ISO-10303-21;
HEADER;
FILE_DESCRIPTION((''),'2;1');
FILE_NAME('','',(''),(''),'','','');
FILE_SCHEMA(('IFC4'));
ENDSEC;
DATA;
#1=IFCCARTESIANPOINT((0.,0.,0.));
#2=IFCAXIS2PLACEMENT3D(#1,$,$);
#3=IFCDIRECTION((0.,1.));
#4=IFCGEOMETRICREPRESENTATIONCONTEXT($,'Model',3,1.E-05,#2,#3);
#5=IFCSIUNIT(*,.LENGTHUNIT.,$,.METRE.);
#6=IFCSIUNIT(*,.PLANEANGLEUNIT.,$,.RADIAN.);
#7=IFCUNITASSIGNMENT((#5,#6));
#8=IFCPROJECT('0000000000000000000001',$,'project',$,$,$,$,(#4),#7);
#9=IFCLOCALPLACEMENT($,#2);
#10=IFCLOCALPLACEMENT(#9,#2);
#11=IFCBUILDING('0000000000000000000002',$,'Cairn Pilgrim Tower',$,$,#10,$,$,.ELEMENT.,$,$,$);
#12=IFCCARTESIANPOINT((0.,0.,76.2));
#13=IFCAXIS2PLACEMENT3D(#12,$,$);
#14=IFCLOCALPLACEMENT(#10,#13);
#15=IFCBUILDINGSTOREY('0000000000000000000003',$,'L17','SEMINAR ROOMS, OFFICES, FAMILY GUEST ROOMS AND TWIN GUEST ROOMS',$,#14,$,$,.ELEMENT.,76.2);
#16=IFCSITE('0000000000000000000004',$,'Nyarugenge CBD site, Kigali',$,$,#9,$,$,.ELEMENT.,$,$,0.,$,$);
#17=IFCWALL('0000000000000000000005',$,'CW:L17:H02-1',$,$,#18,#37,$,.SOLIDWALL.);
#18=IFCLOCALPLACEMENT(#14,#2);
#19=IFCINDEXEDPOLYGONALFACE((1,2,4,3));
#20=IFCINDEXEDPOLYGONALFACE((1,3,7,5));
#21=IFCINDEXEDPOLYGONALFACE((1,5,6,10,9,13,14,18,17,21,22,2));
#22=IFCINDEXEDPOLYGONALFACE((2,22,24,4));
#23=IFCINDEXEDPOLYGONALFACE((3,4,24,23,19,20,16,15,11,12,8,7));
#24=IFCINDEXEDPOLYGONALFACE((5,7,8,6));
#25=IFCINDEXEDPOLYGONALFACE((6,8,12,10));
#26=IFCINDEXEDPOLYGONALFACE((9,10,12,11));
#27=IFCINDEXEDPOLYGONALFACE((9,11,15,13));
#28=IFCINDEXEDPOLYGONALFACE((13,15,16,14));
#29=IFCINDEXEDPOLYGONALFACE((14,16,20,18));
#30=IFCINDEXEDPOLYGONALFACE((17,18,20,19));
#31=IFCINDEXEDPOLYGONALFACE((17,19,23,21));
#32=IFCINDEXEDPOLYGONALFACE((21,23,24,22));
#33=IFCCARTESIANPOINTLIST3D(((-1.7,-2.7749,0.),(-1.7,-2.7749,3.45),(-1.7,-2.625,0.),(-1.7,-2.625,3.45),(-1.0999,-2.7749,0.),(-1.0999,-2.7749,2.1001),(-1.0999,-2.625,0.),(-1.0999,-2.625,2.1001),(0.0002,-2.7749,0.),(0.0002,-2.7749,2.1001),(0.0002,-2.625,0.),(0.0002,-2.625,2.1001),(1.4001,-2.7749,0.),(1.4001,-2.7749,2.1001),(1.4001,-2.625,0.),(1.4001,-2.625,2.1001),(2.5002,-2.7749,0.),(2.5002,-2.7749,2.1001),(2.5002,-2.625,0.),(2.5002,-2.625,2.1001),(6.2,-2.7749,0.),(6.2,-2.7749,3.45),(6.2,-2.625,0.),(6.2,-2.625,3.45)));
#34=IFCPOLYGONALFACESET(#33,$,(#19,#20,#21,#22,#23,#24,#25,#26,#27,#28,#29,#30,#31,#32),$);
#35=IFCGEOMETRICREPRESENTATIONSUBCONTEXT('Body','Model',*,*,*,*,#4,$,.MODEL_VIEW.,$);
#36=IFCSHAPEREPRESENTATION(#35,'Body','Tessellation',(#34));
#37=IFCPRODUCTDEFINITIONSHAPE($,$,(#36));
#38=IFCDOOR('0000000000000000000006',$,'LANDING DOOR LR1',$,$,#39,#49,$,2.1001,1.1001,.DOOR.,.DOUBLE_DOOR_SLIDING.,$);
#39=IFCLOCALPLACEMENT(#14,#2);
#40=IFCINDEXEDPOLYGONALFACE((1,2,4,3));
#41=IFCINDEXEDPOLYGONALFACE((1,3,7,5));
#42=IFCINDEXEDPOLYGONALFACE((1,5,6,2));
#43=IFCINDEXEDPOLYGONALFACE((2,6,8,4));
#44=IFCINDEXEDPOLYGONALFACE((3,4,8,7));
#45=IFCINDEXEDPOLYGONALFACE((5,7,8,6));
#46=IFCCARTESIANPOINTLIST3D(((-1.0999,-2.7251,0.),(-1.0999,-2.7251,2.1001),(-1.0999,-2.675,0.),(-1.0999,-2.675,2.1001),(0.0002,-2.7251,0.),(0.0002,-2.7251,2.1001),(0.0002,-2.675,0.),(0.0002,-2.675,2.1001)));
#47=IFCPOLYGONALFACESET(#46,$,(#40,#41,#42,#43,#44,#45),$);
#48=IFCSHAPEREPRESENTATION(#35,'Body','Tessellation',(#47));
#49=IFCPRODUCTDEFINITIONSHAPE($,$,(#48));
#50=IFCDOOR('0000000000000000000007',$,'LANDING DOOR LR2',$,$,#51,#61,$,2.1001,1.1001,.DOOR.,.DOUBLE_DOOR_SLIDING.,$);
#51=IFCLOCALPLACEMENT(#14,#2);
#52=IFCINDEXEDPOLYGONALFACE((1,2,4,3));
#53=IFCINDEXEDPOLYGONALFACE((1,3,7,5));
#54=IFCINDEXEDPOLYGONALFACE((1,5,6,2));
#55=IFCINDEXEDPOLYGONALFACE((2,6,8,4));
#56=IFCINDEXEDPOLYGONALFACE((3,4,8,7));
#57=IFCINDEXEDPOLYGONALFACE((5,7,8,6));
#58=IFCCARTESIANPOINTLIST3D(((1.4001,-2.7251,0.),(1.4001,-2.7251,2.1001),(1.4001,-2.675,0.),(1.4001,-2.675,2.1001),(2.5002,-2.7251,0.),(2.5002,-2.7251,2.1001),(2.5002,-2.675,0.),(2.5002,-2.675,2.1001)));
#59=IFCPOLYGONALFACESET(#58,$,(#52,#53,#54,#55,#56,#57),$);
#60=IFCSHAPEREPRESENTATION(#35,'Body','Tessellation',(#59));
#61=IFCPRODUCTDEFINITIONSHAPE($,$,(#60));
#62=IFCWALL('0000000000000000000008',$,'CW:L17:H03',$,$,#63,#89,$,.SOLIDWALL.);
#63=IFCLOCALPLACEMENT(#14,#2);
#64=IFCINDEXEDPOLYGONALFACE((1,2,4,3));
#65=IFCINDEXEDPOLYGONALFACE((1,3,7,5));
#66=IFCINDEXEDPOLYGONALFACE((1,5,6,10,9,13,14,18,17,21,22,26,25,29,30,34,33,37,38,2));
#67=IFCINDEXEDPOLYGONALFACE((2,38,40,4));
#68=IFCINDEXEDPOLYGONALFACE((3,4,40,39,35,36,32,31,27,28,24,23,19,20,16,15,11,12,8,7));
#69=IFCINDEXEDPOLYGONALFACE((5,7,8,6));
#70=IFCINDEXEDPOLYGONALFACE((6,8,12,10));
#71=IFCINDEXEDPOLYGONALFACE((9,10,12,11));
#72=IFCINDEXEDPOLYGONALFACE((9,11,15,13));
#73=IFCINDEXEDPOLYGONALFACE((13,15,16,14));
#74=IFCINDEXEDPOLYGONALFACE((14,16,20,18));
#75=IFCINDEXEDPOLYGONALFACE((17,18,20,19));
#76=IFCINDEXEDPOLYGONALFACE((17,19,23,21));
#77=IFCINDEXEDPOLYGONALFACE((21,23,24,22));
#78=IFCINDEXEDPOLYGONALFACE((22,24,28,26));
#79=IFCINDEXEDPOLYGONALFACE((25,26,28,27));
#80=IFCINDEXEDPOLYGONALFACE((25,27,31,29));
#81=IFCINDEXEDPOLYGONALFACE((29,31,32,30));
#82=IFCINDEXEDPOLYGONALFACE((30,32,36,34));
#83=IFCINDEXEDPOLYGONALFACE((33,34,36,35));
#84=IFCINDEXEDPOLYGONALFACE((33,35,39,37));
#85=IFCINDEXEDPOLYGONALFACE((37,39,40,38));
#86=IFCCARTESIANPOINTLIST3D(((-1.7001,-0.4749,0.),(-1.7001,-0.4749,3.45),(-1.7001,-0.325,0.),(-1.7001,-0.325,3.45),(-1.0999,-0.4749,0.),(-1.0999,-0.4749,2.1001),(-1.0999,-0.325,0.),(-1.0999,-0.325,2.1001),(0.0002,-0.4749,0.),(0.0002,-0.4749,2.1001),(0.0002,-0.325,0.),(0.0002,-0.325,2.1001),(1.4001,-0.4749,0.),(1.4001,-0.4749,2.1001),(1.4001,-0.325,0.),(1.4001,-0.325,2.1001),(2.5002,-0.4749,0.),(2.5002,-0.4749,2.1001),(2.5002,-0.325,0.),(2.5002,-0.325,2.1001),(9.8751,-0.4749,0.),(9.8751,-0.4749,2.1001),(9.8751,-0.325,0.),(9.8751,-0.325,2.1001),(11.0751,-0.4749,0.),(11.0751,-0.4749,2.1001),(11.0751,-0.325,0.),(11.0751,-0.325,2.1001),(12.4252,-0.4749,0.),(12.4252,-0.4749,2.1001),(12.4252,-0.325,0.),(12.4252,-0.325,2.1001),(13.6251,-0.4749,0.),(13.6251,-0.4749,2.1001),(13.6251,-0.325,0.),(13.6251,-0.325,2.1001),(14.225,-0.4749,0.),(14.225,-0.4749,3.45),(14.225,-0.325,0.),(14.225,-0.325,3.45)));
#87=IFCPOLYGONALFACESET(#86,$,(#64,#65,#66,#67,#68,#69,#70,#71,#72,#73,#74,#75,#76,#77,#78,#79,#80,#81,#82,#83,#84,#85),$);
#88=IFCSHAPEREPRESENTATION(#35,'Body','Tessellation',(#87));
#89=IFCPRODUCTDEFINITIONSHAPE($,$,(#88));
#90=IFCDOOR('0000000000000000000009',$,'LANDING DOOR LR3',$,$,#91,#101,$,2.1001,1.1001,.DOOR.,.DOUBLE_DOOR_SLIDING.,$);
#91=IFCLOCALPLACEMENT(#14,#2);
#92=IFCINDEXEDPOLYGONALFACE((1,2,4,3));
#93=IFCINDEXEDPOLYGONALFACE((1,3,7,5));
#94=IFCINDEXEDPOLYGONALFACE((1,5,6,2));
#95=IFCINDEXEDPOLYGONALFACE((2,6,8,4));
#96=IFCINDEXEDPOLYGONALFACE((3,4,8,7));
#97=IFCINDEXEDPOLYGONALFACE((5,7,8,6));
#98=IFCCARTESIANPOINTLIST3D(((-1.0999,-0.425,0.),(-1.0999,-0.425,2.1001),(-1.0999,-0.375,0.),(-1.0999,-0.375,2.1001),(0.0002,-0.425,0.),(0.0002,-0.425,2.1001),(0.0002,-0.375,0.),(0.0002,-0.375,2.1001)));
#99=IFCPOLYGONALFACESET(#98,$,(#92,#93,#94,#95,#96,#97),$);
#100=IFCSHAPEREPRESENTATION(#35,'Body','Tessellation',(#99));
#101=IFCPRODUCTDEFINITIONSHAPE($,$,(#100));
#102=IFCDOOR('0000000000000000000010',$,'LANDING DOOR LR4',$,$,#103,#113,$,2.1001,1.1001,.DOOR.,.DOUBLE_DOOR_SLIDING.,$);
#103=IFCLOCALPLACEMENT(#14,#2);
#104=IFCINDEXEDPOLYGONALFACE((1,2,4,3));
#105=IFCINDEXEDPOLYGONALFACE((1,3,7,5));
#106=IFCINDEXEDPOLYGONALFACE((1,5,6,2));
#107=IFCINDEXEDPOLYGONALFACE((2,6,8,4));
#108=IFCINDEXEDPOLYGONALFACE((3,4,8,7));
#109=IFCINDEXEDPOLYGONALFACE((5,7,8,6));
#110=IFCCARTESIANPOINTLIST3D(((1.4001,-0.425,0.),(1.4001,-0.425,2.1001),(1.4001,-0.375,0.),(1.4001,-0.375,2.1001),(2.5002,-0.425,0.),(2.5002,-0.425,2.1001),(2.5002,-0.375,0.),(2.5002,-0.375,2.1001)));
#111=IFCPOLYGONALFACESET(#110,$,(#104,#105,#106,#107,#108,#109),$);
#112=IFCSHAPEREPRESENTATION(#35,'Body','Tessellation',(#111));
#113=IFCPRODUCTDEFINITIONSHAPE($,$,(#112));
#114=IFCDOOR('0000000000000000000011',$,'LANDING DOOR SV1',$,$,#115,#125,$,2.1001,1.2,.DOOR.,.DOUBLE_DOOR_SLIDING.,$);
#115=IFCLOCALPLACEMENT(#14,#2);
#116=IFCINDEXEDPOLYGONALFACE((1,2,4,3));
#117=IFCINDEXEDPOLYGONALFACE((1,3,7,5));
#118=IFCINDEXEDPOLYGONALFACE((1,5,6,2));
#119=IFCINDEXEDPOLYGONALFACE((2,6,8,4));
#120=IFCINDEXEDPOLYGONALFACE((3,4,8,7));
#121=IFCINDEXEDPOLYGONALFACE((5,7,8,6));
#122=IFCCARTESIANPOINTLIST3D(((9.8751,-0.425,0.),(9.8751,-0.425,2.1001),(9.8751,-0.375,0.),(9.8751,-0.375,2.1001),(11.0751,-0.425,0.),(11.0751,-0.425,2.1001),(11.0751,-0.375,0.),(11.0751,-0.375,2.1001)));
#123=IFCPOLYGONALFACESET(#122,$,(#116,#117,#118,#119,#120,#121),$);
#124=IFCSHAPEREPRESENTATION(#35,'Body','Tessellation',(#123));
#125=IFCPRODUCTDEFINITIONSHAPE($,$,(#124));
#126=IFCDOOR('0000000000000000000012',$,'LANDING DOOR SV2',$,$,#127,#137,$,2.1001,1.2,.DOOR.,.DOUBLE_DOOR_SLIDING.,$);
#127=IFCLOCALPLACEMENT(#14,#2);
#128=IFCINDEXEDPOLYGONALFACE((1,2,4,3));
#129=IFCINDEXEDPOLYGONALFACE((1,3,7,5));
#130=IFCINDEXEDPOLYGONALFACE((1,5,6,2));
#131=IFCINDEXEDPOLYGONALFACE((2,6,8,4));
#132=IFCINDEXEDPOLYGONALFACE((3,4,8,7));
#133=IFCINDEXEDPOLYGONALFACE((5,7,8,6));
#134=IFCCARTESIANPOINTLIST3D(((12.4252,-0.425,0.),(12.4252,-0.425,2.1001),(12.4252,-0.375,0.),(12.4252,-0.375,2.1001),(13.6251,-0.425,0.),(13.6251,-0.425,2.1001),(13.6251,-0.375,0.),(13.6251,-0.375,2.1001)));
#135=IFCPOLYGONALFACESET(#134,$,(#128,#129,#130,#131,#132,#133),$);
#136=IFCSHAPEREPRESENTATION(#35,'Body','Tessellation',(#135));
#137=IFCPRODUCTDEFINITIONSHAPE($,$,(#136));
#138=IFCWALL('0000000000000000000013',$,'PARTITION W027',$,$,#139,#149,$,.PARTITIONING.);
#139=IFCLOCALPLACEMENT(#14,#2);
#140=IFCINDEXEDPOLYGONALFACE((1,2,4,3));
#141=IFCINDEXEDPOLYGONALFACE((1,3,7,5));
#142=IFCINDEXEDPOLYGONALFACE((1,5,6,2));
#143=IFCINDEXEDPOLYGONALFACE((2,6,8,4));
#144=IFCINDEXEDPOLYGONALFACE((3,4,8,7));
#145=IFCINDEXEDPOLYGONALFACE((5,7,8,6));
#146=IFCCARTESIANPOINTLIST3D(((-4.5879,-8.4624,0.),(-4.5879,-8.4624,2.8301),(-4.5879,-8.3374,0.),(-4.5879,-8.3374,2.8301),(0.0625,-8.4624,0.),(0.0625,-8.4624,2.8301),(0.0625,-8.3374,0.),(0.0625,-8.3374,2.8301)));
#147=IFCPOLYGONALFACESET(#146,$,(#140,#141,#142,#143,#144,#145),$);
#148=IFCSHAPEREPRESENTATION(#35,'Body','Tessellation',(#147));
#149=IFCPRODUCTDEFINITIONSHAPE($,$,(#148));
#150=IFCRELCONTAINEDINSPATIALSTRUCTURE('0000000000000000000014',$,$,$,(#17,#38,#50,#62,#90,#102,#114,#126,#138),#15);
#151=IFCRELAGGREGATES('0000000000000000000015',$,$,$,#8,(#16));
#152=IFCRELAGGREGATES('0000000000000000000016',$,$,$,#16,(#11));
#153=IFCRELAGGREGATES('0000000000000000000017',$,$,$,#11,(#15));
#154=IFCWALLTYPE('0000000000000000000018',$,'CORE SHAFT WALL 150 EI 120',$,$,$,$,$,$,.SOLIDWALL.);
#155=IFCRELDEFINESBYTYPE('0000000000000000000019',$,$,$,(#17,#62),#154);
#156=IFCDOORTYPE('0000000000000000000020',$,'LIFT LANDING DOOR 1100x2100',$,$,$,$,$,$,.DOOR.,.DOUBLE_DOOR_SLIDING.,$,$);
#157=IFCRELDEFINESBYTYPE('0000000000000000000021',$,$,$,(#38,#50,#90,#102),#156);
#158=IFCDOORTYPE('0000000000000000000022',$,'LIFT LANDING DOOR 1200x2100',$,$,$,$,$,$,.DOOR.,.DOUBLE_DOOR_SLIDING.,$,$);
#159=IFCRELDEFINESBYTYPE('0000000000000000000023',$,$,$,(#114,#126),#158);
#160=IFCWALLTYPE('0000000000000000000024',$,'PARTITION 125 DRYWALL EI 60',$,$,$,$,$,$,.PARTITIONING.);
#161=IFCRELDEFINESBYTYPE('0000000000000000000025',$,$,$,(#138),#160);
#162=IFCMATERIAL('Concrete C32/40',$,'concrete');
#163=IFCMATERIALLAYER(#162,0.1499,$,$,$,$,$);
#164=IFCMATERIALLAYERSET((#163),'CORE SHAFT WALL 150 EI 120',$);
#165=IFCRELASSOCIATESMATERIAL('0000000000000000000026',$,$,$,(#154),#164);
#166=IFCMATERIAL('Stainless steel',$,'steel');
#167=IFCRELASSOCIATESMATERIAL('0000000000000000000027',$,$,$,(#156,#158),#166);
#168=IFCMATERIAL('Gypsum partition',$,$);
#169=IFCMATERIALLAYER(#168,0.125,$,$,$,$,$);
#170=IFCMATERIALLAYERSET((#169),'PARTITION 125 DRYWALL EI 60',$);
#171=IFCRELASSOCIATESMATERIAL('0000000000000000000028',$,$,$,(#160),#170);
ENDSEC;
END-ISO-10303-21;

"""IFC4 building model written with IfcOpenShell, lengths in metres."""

from ifc_helpers import new_model, si_unit, direction, frame, frame_2d, origin, place, context, subcontext, project, spatial, rectangle, extrude, material, layer, layer_set, type_object, element, fill, save


model = new_model("IFC4")

# Units and contexts
model_context = context("Model", 3, precision=1e-05, world=origin(), true_north=direction((0.0, 1.0)))
body_context = subcontext(model_context, "Body", "Model", "MODEL_VIEW")
ifc_project = project(units=[si_unit("LENGTHUNIT", "METRE"), si_unit("PLANEANGLEUNIT", "RADIAN")], contexts=[model_context])

# Site, building, storey
site_placement = place(None, origin())
site = spatial("IfcSite", under=ifc_project, at=site_placement, Name="Nyarugenge CBD site, Kigali", CompositionType="ELEMENT", RefElevation=0.0)
building_placement = place(site_placement, origin())
building = spatial("IfcBuilding", under=site, at=building_placement, Name="Cairn Pilgrim Tower", CompositionType="ELEMENT")
storey_placement = place(building_placement, frame((0.0, 0.0, 76.2)))
storey = spatial("IfcBuildingStorey", under=building, at=storey_placement, Name="L17", Description="SEMINAR ROOMS, OFFICES, FAMILY GUEST ROOMS AND TWIN GUEST ROOMS", CompositionType="ELEMENT", Elevation=76.2)

# Shared definitions
ifc_material_1 = material(Name="Concrete C32/40", Category="concrete")

# Walls, openings, doors
ifc_layer_1 = layer(ifc_material_1, 0.1499)
ifc_layer_set_1 = layer_set([ifc_layer_1], Name="CORE SHAFT WALL 150 EI 120")
wall_type_1 = type_object("IfcWallType", Name="CORE SHAFT WALL 150 EI 120", PredefinedType="SOLIDWALL", material=ifc_layer_set_1)
wall_1_placement = place(storey_placement, frame((-1.7, -2.7, 0.0), z_axis=(0.0, 0.0, 1.0), x_axis=(1.0, 0.0, 0.0)))
wall_1 = element("IfcWall", 1, at=wall_1_placement, inside=storey, type_object=wall_type_1, Name="CW:L17:H02-1", PredefinedType="SOLIDWALL", context=body_context, shape_type="SweptSolid", body=[
    extrude(rectangle(XDim=7.8999, YDim=0.1499, at=frame_2d((3.95, 0.0))), origin(), (0.0, 0.0, 1.0), 3.45),
])
opening_1_placement = place(wall_1_placement, frame((0.6001, 0.0, 0.0)))
opening_1 = element("IfcOpeningElement", 2, at=opening_1_placement, cuts=wall_1, PredefinedType="OPENING", context=body_context, shape_type="SweptSolid", body=[
    extrude(rectangle(XDim=1.1001, YDim=2.1001, at=frame_2d((0.55, 1.05))), frame((0.0, 0.085, 0.0), z_axis=(0.0, -1.0, 0.0), x_axis=(1.0, 0.0, 0.0)), (0.0, 0.0, 1.0), 0.1699),
])
opening_2_placement = place(wall_1_placement, frame((3.1001, 0.0, 0.0)))
opening_2 = element("IfcOpeningElement", 3, at=opening_2_placement, cuts=wall_1, PredefinedType="OPENING", context=body_context, shape_type="SweptSolid", body=[
    extrude(rectangle(XDim=1.1001, YDim=2.1001, at=frame_2d((0.55, 1.05))), frame((0.0, 0.085, 0.0), z_axis=(0.0, -1.0, 0.0), x_axis=(1.0, 0.0, 0.0)), (0.0, 0.0, 1.0), 0.1699),
])
ifc_material_2 = material(Name="Stainless steel", Category="steel")
door_type_1 = type_object("IfcDoorType", Name="LIFT LANDING DOOR 1100x2100", OperationType="DOUBLE_DOOR_SLIDING", PredefinedType="DOOR", material=ifc_material_2)
door_1_placement = place(opening_1_placement, origin())
door_1 = element("IfcDoor", 4, at=door_1_placement, inside=storey, type_object=door_type_1, Name="LANDING DOOR LR1", OperationType="DOUBLE_DOOR_SLIDING", OverallHeight=2.1001, OverallWidth=1.1001, PredefinedType="DOOR", context=body_context, shape_type="SweptSolid", body=[
    extrude(rectangle(XDim=1.1001, YDim=2.1001, at=frame_2d((0.55, 1.05))), frame((0.0, 0.0249, 0.0), z_axis=(0.0, -1.0, 0.0), x_axis=(1.0, 0.0, 0.0)), (0.0, 0.0, 1.0), 0.05),
])
fill(opening_1, door_1)
door_2_placement = place(opening_2_placement, origin())
door_2 = element("IfcDoor", 5, at=door_2_placement, inside=storey, type_object=door_type_1, Name="LANDING DOOR LR2", OperationType="DOUBLE_DOOR_SLIDING", OverallHeight=2.1001, OverallWidth=1.1001, PredefinedType="DOOR", context=body_context, shape_type="SweptSolid", body=[
    extrude(rectangle(XDim=1.1001, YDim=2.1001, at=frame_2d((0.55, 1.05))), frame((0.0, 0.0249, 0.0), z_axis=(0.0, -1.0, 0.0), x_axis=(1.0, 0.0, 0.0)), (0.0, 0.0, 1.0), 0.05),
])
fill(opening_2, door_2)
wall_2_placement = place(storey_placement, frame((-1.7, -0.3999, 0.0), z_axis=(0.0, 0.0, 1.0), x_axis=(1.0, 0.0, 0.0)))
wall_2 = element("IfcWall", 6, at=wall_2_placement, inside=storey, type_object=wall_type_1, Name="CW:L17:H03", PredefinedType="SOLIDWALL", context=body_context, shape_type="SweptSolid", body=[
    extrude(rectangle(XDim=15.925, YDim=0.1499, at=frame_2d((7.9624, 0.0))), origin(), (0.0, 0.0, 1.0), 3.45),
])
opening_3_placement = place(wall_2_placement, frame((0.6001, 0.0, 0.0)))
opening_3 = element("IfcOpeningElement", 7, at=opening_3_placement, cuts=wall_2, PredefinedType="OPENING", context=body_context, shape_type="SweptSolid", body=[
    extrude(rectangle(XDim=1.1001, YDim=2.1001, at=frame_2d((0.55, 1.05))), frame((0.0, 0.085, 0.0), z_axis=(0.0, -1.0, 0.0), x_axis=(1.0, 0.0, 0.0)), (0.0, 0.0, 1.0), 0.1699),
])
opening_4_placement = place(wall_2_placement, frame((3.1001, 0.0, 0.0)))
opening_4 = element("IfcOpeningElement", 8, at=opening_4_placement, cuts=wall_2, PredefinedType="OPENING", context=body_context, shape_type="SweptSolid", body=[
    extrude(rectangle(XDim=1.1001, YDim=2.1001, at=frame_2d((0.55, 1.05))), frame((0.0, 0.085, 0.0), z_axis=(0.0, -1.0, 0.0), x_axis=(1.0, 0.0, 0.0)), (0.0, 0.0, 1.0), 0.1699),
])
opening_5_placement = place(wall_2_placement, frame((11.575, 0.0, 0.0)))
opening_5 = element("IfcOpeningElement", 9, at=opening_5_placement, cuts=wall_2, PredefinedType="OPENING", context=body_context, shape_type="SweptSolid", body=[
    extrude(rectangle(XDim=1.2, YDim=2.1001, at=frame_2d((0.6001, 1.05))), frame((0.0, 0.085, 0.0), z_axis=(0.0, -1.0, 0.0), x_axis=(1.0, 0.0, 0.0)), (0.0, 0.0, 1.0), 0.1699),
])
opening_6_placement = place(wall_2_placement, frame((14.125, 0.0, 0.0)))
opening_6 = element("IfcOpeningElement", 10, at=opening_6_placement, cuts=wall_2, PredefinedType="OPENING", context=body_context, shape_type="SweptSolid", body=[
    extrude(rectangle(XDim=1.2, YDim=2.1001, at=frame_2d((0.6001, 1.05))), frame((0.0, 0.085, 0.0), z_axis=(0.0, -1.0, 0.0), x_axis=(1.0, 0.0, 0.0)), (0.0, 0.0, 1.0), 0.1699),
])
door_3_placement = place(opening_3_placement, origin())
door_3 = element("IfcDoor", 11, at=door_3_placement, inside=storey, type_object=door_type_1, Name="LANDING DOOR LR3", OperationType="DOUBLE_DOOR_SLIDING", OverallHeight=2.1001, OverallWidth=1.1001, PredefinedType="DOOR", context=body_context, shape_type="SweptSolid", body=[
    extrude(rectangle(XDim=1.1001, YDim=2.1001, at=frame_2d((0.55, 1.05))), frame((0.0, 0.0249, 0.0), z_axis=(0.0, -1.0, 0.0), x_axis=(1.0, 0.0, 0.0)), (0.0, 0.0, 1.0), 0.05),
])
fill(opening_3, door_3)
door_4_placement = place(opening_4_placement, origin())
door_4 = element("IfcDoor", 12, at=door_4_placement, inside=storey, type_object=door_type_1, Name="LANDING DOOR LR4", OperationType="DOUBLE_DOOR_SLIDING", OverallHeight=2.1001, OverallWidth=1.1001, PredefinedType="DOOR", context=body_context, shape_type="SweptSolid", body=[
    extrude(rectangle(XDim=1.1001, YDim=2.1001, at=frame_2d((0.55, 1.05))), frame((0.0, 0.0249, 0.0), z_axis=(0.0, -1.0, 0.0), x_axis=(1.0, 0.0, 0.0)), (0.0, 0.0, 1.0), 0.05),
])
fill(opening_4, door_4)
door_type_2 = type_object("IfcDoorType", Name="LIFT LANDING DOOR 1200x2100", OperationType="DOUBLE_DOOR_SLIDING", PredefinedType="DOOR", material=ifc_material_2)
door_5_placement = place(opening_5_placement, origin())
door_5 = element("IfcDoor", 13, at=door_5_placement, inside=storey, type_object=door_type_2, Name="LANDING DOOR SV1", OperationType="DOUBLE_DOOR_SLIDING", OverallHeight=2.1001, OverallWidth=1.2, PredefinedType="DOOR", context=body_context, shape_type="SweptSolid", body=[
    extrude(rectangle(XDim=1.2, YDim=2.1001, at=frame_2d((0.6001, 1.05))), frame((0.0, 0.0249, 0.0), z_axis=(0.0, -1.0, 0.0), x_axis=(1.0, 0.0, 0.0)), (0.0, 0.0, 1.0), 0.05),
])
fill(opening_5, door_5)
door_6_placement = place(opening_6_placement, origin())
door_6 = element("IfcDoor", 14, at=door_6_placement, inside=storey, type_object=door_type_2, Name="LANDING DOOR SV2", OperationType="DOUBLE_DOOR_SLIDING", OverallHeight=2.1001, OverallWidth=1.2, PredefinedType="DOOR", context=body_context, shape_type="SweptSolid", body=[
    extrude(rectangle(XDim=1.2, YDim=2.1001, at=frame_2d((0.6001, 1.05))), frame((0.0, 0.0249, 0.0), z_axis=(0.0, -1.0, 0.0), x_axis=(1.0, 0.0, 0.0)), (0.0, 0.0, 1.0), 0.05),
])
fill(opening_6, door_6)

# Wall
ifc_material_3 = material(Name="Gypsum partition")
ifc_layer_2 = layer(ifc_material_3, 0.125)
ifc_layer_set_2 = layer_set([ifc_layer_2], Name="PARTITION 125 DRYWALL EI 60")
wall_type_2 = type_object("IfcWallType", Name="PARTITION 125 DRYWALL EI 60", PredefinedType="PARTITIONING", material=ifc_layer_set_2)
wall_3_placement = place(storey_placement, frame((-4.5879, -8.3999, 0.0), z_axis=(0.0, 0.0, 1.0), x_axis=(1.0, 0.0, 0.0)))
element("IfcWall", 15, at=wall_3_placement, inside=storey, type_object=wall_type_2, Name="PARTITION W027", PredefinedType="PARTITIONING", context=body_context, shape_type="SweptSolid", body=[
    extrude(rectangle(XDim=4.6504, YDim=0.125, at=frame_2d((2.3252, 0.0))), origin(), (0.0, 0.0, 1.0), 2.8301),
])

save(model, "model.ifc")
